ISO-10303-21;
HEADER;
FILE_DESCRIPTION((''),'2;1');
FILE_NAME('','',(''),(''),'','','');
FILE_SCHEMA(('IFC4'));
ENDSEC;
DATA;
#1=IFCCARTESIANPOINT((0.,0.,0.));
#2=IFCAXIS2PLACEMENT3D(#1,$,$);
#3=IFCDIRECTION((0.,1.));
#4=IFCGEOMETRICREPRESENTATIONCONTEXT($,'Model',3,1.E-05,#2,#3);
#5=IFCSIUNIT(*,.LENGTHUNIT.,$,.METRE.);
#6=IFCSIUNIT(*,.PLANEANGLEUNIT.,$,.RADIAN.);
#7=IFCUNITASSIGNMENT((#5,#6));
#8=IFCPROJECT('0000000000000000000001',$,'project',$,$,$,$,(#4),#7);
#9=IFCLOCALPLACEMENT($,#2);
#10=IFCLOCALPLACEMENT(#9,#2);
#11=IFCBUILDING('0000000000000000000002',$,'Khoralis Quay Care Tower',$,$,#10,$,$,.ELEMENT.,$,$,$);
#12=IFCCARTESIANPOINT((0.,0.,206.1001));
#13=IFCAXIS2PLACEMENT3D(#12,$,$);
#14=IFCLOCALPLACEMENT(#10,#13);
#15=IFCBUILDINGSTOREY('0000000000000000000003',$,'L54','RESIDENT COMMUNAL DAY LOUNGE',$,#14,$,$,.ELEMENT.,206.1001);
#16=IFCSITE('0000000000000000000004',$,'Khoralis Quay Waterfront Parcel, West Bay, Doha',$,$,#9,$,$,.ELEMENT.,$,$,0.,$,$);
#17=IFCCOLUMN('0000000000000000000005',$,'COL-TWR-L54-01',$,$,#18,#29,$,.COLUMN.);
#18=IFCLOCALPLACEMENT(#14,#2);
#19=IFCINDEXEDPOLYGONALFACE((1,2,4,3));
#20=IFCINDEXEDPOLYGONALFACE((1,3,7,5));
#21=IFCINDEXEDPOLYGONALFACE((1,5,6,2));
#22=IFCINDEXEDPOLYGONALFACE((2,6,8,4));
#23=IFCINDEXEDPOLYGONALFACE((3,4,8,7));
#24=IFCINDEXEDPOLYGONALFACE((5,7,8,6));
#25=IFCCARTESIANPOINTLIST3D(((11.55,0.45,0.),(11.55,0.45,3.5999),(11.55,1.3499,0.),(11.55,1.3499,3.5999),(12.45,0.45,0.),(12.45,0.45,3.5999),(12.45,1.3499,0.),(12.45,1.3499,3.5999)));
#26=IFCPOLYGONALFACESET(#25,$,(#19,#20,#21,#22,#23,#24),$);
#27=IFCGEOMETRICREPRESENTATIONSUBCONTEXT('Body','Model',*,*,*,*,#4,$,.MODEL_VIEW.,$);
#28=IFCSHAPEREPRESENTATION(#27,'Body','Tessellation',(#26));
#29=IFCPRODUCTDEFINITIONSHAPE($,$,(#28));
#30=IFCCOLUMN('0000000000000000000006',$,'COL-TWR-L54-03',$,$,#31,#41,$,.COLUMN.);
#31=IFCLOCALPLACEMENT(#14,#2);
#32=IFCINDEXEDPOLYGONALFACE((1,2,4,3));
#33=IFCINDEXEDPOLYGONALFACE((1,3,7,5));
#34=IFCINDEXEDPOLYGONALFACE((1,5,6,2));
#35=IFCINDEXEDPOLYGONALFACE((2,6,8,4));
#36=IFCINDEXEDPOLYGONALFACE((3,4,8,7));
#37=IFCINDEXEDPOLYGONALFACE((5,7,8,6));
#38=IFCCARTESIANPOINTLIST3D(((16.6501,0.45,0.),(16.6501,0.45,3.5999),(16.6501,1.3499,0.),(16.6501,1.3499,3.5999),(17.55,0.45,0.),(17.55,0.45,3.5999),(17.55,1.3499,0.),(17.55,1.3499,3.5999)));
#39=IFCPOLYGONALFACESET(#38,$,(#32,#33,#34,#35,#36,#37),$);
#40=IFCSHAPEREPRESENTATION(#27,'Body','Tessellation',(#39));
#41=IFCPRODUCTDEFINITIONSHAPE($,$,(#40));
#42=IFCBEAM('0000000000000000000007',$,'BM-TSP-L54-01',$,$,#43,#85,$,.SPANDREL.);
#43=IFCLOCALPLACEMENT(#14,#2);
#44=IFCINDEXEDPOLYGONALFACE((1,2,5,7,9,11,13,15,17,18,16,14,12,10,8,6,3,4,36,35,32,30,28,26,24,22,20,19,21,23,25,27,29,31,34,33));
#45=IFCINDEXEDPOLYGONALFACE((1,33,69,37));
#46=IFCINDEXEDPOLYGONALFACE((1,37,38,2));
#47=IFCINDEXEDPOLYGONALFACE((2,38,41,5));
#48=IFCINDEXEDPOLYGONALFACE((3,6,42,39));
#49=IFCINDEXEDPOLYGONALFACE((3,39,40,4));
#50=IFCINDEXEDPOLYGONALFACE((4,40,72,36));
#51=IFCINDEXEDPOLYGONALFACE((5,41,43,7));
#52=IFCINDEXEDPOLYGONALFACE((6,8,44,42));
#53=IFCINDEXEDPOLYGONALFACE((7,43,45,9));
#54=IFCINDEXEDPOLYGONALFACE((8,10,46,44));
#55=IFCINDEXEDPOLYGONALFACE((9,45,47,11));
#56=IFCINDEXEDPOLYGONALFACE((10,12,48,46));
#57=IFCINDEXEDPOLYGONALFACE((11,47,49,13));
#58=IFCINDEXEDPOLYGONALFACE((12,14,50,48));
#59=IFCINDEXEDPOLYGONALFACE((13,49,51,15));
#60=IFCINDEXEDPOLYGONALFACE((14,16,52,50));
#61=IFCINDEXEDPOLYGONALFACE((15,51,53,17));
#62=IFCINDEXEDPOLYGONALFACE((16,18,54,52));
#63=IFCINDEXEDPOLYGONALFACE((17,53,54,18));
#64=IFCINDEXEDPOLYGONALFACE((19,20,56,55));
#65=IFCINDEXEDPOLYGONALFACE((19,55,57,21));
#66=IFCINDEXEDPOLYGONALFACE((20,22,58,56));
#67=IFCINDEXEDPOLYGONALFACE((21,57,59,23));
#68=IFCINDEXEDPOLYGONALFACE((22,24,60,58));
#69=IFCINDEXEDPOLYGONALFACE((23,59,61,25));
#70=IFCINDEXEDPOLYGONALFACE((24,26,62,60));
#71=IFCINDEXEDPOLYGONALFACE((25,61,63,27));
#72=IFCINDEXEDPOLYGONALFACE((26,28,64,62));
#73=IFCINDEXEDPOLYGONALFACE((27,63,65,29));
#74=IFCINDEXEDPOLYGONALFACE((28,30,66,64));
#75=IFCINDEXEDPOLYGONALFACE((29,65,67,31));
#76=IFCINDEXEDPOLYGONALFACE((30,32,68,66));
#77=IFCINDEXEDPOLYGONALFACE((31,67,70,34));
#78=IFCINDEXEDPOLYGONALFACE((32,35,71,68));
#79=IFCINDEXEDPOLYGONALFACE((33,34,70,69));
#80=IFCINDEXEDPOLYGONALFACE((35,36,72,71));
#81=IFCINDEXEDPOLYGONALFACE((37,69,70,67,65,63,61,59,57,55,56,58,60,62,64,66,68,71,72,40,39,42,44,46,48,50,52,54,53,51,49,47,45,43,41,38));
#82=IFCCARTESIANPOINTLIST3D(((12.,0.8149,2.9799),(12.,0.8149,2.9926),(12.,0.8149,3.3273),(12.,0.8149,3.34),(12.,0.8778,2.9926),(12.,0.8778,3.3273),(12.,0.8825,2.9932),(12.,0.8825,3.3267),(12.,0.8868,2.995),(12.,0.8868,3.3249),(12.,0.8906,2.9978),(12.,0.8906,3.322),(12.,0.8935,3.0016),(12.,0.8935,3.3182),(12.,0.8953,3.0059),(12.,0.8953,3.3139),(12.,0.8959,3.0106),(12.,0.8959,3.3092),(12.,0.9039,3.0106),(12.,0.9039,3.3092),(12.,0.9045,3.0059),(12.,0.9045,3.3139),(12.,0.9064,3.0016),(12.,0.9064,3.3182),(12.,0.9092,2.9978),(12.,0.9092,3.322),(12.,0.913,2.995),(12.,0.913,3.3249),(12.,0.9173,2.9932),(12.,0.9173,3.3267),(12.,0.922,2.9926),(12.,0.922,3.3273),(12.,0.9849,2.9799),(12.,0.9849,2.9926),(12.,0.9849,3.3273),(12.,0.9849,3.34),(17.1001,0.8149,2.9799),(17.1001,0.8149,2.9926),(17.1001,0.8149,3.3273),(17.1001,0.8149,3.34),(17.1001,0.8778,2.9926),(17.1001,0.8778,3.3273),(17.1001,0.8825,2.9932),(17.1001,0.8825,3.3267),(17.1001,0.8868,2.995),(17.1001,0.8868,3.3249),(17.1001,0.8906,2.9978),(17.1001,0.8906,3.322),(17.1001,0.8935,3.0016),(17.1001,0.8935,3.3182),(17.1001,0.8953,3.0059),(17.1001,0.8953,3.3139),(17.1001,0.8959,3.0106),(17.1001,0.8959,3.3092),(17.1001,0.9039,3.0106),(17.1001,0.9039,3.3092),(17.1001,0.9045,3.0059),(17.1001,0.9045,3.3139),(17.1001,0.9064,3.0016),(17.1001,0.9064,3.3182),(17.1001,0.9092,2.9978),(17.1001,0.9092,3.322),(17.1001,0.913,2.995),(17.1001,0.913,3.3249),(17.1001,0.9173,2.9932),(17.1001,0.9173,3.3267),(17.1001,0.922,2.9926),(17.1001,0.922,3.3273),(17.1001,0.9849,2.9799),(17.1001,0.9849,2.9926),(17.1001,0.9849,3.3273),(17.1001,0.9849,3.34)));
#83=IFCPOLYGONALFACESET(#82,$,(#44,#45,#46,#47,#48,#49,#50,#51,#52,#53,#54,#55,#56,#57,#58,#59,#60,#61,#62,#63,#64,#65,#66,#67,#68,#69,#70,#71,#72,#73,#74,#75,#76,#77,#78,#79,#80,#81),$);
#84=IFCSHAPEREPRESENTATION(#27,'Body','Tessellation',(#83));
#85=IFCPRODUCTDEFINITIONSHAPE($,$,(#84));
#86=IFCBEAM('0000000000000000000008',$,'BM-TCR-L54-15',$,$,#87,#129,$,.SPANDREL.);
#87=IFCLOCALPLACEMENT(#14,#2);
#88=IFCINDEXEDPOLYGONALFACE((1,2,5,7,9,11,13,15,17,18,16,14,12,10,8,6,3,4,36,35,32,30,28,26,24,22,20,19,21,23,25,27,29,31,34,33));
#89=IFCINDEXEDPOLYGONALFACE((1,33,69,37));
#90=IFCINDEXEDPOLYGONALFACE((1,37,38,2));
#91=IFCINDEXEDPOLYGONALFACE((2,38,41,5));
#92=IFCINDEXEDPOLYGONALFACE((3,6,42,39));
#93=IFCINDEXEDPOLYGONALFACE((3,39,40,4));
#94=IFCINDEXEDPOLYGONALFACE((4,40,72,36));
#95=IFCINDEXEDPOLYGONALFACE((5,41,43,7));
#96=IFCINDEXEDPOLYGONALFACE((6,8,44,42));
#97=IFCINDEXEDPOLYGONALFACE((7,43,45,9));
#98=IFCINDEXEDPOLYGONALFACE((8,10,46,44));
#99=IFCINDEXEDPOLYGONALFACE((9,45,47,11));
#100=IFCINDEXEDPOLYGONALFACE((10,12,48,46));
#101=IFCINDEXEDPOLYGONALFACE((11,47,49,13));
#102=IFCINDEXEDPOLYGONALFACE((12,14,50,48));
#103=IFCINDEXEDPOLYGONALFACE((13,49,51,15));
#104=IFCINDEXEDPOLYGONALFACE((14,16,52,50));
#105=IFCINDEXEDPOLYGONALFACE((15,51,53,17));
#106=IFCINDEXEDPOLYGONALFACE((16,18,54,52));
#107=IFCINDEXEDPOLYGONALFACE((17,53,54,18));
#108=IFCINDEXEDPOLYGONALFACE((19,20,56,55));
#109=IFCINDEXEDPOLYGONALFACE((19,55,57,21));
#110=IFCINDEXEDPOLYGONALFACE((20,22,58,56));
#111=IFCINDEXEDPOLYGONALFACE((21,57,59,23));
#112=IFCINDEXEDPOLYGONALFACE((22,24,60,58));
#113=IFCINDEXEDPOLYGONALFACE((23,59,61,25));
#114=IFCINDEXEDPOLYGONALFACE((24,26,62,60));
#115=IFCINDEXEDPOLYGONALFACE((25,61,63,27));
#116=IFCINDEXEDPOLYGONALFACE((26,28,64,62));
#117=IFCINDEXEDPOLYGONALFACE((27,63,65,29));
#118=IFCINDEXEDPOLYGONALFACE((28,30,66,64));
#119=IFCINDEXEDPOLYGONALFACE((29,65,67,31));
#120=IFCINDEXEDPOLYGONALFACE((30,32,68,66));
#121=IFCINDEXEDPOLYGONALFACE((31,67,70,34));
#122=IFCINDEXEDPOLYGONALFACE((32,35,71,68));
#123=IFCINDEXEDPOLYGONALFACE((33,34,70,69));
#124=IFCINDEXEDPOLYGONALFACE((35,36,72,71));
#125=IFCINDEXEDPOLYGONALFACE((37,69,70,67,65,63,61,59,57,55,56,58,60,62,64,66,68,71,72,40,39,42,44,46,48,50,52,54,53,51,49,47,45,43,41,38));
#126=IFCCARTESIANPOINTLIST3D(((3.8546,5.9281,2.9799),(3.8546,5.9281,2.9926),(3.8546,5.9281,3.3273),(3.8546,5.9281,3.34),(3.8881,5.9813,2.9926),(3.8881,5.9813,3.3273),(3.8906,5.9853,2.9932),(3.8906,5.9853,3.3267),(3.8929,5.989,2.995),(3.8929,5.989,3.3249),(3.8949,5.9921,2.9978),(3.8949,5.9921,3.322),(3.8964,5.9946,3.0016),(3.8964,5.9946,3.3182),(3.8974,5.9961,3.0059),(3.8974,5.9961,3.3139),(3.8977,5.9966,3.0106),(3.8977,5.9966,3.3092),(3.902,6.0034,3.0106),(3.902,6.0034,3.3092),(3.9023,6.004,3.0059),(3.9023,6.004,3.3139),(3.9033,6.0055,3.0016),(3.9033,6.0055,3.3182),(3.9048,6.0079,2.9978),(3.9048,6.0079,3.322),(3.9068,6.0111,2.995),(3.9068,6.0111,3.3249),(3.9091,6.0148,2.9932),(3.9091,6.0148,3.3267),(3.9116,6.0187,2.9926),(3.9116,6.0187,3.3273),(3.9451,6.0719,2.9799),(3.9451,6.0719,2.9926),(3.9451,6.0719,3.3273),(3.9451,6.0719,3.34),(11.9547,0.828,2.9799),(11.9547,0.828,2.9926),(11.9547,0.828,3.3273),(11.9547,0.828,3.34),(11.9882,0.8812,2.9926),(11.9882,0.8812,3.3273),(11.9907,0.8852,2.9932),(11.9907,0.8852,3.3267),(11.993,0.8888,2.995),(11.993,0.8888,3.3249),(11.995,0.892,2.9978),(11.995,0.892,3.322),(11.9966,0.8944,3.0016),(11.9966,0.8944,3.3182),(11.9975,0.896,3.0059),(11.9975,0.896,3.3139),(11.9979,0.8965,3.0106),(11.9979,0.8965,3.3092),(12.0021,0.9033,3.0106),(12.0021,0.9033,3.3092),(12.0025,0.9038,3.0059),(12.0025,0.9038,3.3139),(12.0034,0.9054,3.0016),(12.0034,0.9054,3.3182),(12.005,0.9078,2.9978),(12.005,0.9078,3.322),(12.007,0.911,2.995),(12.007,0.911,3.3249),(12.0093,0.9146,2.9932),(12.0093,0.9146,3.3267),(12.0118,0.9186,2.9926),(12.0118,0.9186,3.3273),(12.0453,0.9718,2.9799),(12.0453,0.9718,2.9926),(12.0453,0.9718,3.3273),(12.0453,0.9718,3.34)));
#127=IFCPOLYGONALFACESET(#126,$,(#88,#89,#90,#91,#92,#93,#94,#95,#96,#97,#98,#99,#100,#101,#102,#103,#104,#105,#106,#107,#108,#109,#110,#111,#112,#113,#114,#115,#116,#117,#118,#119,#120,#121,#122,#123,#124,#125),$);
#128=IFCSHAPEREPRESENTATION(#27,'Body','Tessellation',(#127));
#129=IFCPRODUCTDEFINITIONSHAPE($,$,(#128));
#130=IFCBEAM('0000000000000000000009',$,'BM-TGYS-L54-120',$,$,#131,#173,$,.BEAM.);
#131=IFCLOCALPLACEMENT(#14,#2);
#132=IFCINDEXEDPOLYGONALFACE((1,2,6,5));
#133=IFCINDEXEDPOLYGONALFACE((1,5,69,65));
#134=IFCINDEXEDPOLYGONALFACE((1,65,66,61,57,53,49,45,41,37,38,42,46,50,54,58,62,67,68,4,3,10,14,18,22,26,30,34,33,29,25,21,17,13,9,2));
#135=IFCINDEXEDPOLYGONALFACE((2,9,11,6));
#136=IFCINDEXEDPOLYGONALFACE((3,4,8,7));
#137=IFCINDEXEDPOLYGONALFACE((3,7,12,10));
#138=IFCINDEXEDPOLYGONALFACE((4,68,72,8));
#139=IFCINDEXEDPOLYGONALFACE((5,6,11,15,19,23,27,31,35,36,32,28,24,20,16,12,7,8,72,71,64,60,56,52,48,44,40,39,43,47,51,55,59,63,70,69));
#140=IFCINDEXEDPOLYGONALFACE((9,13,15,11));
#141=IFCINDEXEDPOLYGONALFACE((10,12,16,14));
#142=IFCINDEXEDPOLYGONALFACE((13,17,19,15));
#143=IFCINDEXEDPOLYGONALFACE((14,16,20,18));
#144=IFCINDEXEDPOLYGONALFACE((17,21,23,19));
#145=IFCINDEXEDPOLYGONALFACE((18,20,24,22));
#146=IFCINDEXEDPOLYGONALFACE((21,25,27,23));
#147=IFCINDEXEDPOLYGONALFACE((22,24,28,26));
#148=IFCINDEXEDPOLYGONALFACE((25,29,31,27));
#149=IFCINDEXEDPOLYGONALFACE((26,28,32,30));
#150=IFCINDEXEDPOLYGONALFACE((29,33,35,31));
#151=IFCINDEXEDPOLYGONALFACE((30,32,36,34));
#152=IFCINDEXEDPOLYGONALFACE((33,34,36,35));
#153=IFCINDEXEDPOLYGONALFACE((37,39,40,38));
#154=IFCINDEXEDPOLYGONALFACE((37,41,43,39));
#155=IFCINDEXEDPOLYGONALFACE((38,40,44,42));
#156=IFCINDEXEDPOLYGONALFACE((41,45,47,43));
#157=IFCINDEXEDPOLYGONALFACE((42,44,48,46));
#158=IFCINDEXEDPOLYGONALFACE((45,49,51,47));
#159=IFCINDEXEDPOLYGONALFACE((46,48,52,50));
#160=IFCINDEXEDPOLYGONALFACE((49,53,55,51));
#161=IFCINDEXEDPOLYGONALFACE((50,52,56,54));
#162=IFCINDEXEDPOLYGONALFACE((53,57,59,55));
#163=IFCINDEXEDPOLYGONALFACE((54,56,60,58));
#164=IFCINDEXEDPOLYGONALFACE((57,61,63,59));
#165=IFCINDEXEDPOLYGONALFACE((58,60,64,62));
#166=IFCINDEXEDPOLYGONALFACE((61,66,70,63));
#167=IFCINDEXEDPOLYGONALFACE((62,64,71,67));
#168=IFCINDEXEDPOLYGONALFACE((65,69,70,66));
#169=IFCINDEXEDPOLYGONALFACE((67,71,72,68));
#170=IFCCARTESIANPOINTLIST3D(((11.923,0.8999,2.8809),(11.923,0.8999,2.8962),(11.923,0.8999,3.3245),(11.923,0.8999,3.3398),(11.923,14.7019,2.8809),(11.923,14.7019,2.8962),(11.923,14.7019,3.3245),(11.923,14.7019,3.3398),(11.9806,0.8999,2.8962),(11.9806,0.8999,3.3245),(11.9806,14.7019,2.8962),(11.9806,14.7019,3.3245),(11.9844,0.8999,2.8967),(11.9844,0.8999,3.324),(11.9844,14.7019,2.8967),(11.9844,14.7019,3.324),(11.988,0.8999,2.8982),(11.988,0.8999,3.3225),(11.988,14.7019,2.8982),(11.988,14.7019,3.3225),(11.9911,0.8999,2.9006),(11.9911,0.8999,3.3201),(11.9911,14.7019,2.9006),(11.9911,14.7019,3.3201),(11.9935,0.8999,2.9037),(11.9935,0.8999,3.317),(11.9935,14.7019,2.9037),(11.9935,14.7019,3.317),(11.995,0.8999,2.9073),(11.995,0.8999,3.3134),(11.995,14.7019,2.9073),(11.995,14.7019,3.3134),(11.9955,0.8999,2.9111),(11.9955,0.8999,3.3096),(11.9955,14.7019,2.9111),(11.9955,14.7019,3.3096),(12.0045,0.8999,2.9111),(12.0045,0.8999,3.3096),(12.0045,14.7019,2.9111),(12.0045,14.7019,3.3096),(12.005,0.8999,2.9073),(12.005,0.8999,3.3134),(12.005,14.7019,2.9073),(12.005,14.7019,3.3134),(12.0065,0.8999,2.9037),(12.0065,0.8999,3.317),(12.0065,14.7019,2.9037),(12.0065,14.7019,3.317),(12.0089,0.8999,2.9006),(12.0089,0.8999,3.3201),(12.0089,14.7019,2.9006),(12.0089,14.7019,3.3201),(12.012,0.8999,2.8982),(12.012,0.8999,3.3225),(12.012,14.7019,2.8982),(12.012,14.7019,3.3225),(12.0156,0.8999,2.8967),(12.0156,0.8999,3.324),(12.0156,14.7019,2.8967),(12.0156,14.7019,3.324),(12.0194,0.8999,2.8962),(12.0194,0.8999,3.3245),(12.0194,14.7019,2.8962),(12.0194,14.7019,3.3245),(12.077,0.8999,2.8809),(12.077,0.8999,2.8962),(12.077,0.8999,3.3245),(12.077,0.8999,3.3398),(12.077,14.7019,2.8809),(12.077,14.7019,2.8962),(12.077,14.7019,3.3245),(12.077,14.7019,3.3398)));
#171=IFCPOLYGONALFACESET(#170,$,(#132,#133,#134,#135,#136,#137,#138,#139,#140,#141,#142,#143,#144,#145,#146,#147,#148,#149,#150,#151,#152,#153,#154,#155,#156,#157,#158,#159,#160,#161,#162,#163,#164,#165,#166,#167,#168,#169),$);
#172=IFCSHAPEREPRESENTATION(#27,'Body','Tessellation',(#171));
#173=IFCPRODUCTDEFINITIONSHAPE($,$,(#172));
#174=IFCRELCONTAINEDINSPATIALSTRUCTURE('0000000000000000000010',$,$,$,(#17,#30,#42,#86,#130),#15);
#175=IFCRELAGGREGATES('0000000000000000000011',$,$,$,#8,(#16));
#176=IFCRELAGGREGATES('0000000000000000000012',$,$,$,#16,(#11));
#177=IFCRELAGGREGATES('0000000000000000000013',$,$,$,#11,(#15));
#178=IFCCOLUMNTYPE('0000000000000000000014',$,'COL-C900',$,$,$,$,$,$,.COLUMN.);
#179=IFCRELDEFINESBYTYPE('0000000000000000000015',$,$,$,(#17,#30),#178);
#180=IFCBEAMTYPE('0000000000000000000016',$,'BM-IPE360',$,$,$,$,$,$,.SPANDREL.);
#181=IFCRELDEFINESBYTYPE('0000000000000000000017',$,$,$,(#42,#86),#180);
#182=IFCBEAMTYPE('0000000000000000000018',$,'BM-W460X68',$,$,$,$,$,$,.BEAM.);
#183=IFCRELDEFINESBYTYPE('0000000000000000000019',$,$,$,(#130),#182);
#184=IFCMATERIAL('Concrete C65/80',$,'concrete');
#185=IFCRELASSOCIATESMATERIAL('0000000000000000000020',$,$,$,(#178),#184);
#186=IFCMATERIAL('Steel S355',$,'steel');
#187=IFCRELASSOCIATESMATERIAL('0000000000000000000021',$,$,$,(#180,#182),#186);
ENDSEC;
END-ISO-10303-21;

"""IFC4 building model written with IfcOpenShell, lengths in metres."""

from ifc_helpers import new_model, si_unit, direction, frame, origin, origin_2d, place, context, subcontext, project, spatial, rectangle, i_section, extrude, source, transform, mapped, material, material_profile, profile_set, type_object, element, save


model = new_model("IFC4")

# Units and contexts
model_context = context("Model", 3, precision=1e-05, world=origin(), true_north=direction((0.0, 1.0)))
body_context = subcontext(model_context, "Body", "Model", "MODEL_VIEW")
ifc_project = project(units=[si_unit("LENGTHUNIT", "METRE"), si_unit("PLANEANGLEUNIT", "RADIAN")], contexts=[model_context])

# Site, building, storey
site_placement = place(None, origin())
site = spatial("IfcSite", under=ifc_project, at=site_placement, Name="Khoralis Quay Waterfront Parcel, West Bay, Doha", CompositionType="ELEMENT", RefElevation=0.0)
building_placement = place(site_placement, origin())
building = spatial("IfcBuilding", under=site, at=building_placement, Name="Khoralis Quay Care Tower", CompositionType="ELEMENT")
storey_placement = place(building_placement, frame((0.0, 0.0, 206.1001)))
storey = spatial("IfcBuildingStorey", under=building, at=storey_placement, Name="L54", Description="RESIDENT COMMUNAL DAY LOUNGE", CompositionType="ELEMENT", Elevation=206.1001)

# Columns
ifc_material_1 = material(Name="Concrete C65/80", Category="concrete")
ifc_material_profile_1 = material_profile(ifc_material_1, rectangle(XDim=0.8999, YDim=0.8999, at=origin_2d()), Name="Concrete C65/80")
ifc_profile_set_1 = profile_set([ifc_material_profile_1], Name="Concrete C65/80")
column_type = type_object("IfcColumnType", Name="COL-C900", PredefinedType="COLUMN", material=ifc_profile_set_1)
shared_shape_1 = source(origin(), body_context, "Body", "SweptSolid", [
    extrude(rectangle(XDim=0.8999, YDim=0.8999, at=origin_2d()), origin(), (0.0, 0.0, 1.0), 3.5999),
])
for number, where, z_axis, x_axis, name in (
    (1, (12.0, 0.8999, 0.0), (0.0, 0.0, 1.0), (1.0, 0.0, 0.0), "COL-TWR-L54-01"),
    (2, (17.1001, 0.8999, 0.0), (0.0, 0.0, 1.0), (1.0, 0.0, 0.0), "COL-TWR-L54-03"),
):
    element("IfcColumn", number, at=place(storey_placement, frame(where, z_axis=z_axis, x_axis=x_axis)), inside=storey, type_object=column_type, Name=name, PredefinedType="COLUMN", context=body_context, shape_type="MappedRepresentation", body=[
        mapped(shared_shape_1, transform((0.0, 0.0, 0.0), scale=1.0)),
    ])

# Beams
ifc_material_2 = material(Name="Steel S355", Category="steel")
ifc_material_profile_2 = material_profile(ifc_material_2, i_section(OverallWidth=0.1699, OverallDepth=0.3601, WebThickness=0.0081, FlangeThickness=0.0127, FilletRadius=0.0181, at=origin_2d()), Name="Steel S355")
ifc_profile_set_2 = profile_set([ifc_material_profile_2], Name="Steel S355")
beam_type_1 = type_object("IfcBeamType", Name="BM-IPE360", PredefinedType="SPANDREL", material=ifc_profile_set_2)
shared_shape_2 = source(origin(), body_context, "Body", "SweptSolid", [
    extrude(i_section(OverallWidth=0.1699, OverallDepth=0.3601, WebThickness=0.0081, FlangeThickness=0.0127, FilletRadius=0.0181, at=origin_2d()), origin(), (0.0, 0.0, 1.0), 5.1001),
])
beam_1_placement = place(storey_placement, frame((12.0, 0.8999, 3.1599), z_axis=(1.0, 0.0, 0.0), x_axis=(0.0, 1.0, 0.0)))
element("IfcBeam", 3, at=beam_1_placement, inside=storey, type_object=beam_type_1, Name="BM-TSP-L54-01", PredefinedType="SPANDREL", context=body_context, shape_type="MappedRepresentation", body=[
    mapped(shared_shape_2, transform((0.0, 0.0, 0.0), scale=1.0)),
])
shared_shape_3 = source(origin(), body_context, "Body", "SweptSolid", [
    extrude(i_section(OverallWidth=0.1699, OverallDepth=0.3601, WebThickness=0.0081, FlangeThickness=0.0127, FilletRadius=0.0181, at=origin_2d()), origin(), (0.0, 0.0, 1.0), 9.572),
])
beam_2_placement = place(storey_placement, frame((12.0, 0.8999, 3.1599), z_axis=(-0.846231, 0.532816, 0.0), x_axis=(-0.532816, -0.846231, 0.0)))
element("IfcBeam", 4, at=beam_2_placement, inside=storey, type_object=beam_type_1, Name="BM-TCR-L54-15", PredefinedType="SPANDREL", context=body_context, shape_type="MappedRepresentation", body=[
    mapped(shared_shape_3, transform((0.0, 0.0, 0.0), scale=1.0)),
])
ifc_material_profile_3 = material_profile(ifc_material_2, i_section(OverallWidth=0.1541, OverallDepth=0.459, WebThickness=0.009, FlangeThickness=0.0154, FilletRadius=0.0149, at=origin_2d()), Name="Steel S355")
ifc_profile_set_3 = profile_set([ifc_material_profile_3], Name="Steel S355")
beam_type_2 = type_object("IfcBeamType", Name="BM-W460X68", PredefinedType="BEAM", material=ifc_profile_set_3)
shared_shape_4 = source(origin(), body_context, "Body", "SweptSolid", [
    extrude(i_section(OverallWidth=0.1541, OverallDepth=0.459, WebThickness=0.009, FlangeThickness=0.0154, FilletRadius=0.0149, at=origin_2d()), origin(), (0.0, 0.0, 1.0), 13.802),
])
beam_3_placement = place(storey_placement, frame((12.0, 0.8999, 3.1104), z_axis=(0.0, 1.0, 0.0), x_axis=(-1.0, 0.0, 0.0)))
element("IfcBeam", 5, at=beam_3_placement, inside=storey, type_object=beam_type_2, Name="BM-TGYS-L54-120", PredefinedType="BEAM", context=body_context, shape_type="MappedRepresentation", body=[
    mapped(shared_shape_4, transform((0.0, 0.0, 0.0), scale=1.0)),
])

save(model, "model.ifc")
